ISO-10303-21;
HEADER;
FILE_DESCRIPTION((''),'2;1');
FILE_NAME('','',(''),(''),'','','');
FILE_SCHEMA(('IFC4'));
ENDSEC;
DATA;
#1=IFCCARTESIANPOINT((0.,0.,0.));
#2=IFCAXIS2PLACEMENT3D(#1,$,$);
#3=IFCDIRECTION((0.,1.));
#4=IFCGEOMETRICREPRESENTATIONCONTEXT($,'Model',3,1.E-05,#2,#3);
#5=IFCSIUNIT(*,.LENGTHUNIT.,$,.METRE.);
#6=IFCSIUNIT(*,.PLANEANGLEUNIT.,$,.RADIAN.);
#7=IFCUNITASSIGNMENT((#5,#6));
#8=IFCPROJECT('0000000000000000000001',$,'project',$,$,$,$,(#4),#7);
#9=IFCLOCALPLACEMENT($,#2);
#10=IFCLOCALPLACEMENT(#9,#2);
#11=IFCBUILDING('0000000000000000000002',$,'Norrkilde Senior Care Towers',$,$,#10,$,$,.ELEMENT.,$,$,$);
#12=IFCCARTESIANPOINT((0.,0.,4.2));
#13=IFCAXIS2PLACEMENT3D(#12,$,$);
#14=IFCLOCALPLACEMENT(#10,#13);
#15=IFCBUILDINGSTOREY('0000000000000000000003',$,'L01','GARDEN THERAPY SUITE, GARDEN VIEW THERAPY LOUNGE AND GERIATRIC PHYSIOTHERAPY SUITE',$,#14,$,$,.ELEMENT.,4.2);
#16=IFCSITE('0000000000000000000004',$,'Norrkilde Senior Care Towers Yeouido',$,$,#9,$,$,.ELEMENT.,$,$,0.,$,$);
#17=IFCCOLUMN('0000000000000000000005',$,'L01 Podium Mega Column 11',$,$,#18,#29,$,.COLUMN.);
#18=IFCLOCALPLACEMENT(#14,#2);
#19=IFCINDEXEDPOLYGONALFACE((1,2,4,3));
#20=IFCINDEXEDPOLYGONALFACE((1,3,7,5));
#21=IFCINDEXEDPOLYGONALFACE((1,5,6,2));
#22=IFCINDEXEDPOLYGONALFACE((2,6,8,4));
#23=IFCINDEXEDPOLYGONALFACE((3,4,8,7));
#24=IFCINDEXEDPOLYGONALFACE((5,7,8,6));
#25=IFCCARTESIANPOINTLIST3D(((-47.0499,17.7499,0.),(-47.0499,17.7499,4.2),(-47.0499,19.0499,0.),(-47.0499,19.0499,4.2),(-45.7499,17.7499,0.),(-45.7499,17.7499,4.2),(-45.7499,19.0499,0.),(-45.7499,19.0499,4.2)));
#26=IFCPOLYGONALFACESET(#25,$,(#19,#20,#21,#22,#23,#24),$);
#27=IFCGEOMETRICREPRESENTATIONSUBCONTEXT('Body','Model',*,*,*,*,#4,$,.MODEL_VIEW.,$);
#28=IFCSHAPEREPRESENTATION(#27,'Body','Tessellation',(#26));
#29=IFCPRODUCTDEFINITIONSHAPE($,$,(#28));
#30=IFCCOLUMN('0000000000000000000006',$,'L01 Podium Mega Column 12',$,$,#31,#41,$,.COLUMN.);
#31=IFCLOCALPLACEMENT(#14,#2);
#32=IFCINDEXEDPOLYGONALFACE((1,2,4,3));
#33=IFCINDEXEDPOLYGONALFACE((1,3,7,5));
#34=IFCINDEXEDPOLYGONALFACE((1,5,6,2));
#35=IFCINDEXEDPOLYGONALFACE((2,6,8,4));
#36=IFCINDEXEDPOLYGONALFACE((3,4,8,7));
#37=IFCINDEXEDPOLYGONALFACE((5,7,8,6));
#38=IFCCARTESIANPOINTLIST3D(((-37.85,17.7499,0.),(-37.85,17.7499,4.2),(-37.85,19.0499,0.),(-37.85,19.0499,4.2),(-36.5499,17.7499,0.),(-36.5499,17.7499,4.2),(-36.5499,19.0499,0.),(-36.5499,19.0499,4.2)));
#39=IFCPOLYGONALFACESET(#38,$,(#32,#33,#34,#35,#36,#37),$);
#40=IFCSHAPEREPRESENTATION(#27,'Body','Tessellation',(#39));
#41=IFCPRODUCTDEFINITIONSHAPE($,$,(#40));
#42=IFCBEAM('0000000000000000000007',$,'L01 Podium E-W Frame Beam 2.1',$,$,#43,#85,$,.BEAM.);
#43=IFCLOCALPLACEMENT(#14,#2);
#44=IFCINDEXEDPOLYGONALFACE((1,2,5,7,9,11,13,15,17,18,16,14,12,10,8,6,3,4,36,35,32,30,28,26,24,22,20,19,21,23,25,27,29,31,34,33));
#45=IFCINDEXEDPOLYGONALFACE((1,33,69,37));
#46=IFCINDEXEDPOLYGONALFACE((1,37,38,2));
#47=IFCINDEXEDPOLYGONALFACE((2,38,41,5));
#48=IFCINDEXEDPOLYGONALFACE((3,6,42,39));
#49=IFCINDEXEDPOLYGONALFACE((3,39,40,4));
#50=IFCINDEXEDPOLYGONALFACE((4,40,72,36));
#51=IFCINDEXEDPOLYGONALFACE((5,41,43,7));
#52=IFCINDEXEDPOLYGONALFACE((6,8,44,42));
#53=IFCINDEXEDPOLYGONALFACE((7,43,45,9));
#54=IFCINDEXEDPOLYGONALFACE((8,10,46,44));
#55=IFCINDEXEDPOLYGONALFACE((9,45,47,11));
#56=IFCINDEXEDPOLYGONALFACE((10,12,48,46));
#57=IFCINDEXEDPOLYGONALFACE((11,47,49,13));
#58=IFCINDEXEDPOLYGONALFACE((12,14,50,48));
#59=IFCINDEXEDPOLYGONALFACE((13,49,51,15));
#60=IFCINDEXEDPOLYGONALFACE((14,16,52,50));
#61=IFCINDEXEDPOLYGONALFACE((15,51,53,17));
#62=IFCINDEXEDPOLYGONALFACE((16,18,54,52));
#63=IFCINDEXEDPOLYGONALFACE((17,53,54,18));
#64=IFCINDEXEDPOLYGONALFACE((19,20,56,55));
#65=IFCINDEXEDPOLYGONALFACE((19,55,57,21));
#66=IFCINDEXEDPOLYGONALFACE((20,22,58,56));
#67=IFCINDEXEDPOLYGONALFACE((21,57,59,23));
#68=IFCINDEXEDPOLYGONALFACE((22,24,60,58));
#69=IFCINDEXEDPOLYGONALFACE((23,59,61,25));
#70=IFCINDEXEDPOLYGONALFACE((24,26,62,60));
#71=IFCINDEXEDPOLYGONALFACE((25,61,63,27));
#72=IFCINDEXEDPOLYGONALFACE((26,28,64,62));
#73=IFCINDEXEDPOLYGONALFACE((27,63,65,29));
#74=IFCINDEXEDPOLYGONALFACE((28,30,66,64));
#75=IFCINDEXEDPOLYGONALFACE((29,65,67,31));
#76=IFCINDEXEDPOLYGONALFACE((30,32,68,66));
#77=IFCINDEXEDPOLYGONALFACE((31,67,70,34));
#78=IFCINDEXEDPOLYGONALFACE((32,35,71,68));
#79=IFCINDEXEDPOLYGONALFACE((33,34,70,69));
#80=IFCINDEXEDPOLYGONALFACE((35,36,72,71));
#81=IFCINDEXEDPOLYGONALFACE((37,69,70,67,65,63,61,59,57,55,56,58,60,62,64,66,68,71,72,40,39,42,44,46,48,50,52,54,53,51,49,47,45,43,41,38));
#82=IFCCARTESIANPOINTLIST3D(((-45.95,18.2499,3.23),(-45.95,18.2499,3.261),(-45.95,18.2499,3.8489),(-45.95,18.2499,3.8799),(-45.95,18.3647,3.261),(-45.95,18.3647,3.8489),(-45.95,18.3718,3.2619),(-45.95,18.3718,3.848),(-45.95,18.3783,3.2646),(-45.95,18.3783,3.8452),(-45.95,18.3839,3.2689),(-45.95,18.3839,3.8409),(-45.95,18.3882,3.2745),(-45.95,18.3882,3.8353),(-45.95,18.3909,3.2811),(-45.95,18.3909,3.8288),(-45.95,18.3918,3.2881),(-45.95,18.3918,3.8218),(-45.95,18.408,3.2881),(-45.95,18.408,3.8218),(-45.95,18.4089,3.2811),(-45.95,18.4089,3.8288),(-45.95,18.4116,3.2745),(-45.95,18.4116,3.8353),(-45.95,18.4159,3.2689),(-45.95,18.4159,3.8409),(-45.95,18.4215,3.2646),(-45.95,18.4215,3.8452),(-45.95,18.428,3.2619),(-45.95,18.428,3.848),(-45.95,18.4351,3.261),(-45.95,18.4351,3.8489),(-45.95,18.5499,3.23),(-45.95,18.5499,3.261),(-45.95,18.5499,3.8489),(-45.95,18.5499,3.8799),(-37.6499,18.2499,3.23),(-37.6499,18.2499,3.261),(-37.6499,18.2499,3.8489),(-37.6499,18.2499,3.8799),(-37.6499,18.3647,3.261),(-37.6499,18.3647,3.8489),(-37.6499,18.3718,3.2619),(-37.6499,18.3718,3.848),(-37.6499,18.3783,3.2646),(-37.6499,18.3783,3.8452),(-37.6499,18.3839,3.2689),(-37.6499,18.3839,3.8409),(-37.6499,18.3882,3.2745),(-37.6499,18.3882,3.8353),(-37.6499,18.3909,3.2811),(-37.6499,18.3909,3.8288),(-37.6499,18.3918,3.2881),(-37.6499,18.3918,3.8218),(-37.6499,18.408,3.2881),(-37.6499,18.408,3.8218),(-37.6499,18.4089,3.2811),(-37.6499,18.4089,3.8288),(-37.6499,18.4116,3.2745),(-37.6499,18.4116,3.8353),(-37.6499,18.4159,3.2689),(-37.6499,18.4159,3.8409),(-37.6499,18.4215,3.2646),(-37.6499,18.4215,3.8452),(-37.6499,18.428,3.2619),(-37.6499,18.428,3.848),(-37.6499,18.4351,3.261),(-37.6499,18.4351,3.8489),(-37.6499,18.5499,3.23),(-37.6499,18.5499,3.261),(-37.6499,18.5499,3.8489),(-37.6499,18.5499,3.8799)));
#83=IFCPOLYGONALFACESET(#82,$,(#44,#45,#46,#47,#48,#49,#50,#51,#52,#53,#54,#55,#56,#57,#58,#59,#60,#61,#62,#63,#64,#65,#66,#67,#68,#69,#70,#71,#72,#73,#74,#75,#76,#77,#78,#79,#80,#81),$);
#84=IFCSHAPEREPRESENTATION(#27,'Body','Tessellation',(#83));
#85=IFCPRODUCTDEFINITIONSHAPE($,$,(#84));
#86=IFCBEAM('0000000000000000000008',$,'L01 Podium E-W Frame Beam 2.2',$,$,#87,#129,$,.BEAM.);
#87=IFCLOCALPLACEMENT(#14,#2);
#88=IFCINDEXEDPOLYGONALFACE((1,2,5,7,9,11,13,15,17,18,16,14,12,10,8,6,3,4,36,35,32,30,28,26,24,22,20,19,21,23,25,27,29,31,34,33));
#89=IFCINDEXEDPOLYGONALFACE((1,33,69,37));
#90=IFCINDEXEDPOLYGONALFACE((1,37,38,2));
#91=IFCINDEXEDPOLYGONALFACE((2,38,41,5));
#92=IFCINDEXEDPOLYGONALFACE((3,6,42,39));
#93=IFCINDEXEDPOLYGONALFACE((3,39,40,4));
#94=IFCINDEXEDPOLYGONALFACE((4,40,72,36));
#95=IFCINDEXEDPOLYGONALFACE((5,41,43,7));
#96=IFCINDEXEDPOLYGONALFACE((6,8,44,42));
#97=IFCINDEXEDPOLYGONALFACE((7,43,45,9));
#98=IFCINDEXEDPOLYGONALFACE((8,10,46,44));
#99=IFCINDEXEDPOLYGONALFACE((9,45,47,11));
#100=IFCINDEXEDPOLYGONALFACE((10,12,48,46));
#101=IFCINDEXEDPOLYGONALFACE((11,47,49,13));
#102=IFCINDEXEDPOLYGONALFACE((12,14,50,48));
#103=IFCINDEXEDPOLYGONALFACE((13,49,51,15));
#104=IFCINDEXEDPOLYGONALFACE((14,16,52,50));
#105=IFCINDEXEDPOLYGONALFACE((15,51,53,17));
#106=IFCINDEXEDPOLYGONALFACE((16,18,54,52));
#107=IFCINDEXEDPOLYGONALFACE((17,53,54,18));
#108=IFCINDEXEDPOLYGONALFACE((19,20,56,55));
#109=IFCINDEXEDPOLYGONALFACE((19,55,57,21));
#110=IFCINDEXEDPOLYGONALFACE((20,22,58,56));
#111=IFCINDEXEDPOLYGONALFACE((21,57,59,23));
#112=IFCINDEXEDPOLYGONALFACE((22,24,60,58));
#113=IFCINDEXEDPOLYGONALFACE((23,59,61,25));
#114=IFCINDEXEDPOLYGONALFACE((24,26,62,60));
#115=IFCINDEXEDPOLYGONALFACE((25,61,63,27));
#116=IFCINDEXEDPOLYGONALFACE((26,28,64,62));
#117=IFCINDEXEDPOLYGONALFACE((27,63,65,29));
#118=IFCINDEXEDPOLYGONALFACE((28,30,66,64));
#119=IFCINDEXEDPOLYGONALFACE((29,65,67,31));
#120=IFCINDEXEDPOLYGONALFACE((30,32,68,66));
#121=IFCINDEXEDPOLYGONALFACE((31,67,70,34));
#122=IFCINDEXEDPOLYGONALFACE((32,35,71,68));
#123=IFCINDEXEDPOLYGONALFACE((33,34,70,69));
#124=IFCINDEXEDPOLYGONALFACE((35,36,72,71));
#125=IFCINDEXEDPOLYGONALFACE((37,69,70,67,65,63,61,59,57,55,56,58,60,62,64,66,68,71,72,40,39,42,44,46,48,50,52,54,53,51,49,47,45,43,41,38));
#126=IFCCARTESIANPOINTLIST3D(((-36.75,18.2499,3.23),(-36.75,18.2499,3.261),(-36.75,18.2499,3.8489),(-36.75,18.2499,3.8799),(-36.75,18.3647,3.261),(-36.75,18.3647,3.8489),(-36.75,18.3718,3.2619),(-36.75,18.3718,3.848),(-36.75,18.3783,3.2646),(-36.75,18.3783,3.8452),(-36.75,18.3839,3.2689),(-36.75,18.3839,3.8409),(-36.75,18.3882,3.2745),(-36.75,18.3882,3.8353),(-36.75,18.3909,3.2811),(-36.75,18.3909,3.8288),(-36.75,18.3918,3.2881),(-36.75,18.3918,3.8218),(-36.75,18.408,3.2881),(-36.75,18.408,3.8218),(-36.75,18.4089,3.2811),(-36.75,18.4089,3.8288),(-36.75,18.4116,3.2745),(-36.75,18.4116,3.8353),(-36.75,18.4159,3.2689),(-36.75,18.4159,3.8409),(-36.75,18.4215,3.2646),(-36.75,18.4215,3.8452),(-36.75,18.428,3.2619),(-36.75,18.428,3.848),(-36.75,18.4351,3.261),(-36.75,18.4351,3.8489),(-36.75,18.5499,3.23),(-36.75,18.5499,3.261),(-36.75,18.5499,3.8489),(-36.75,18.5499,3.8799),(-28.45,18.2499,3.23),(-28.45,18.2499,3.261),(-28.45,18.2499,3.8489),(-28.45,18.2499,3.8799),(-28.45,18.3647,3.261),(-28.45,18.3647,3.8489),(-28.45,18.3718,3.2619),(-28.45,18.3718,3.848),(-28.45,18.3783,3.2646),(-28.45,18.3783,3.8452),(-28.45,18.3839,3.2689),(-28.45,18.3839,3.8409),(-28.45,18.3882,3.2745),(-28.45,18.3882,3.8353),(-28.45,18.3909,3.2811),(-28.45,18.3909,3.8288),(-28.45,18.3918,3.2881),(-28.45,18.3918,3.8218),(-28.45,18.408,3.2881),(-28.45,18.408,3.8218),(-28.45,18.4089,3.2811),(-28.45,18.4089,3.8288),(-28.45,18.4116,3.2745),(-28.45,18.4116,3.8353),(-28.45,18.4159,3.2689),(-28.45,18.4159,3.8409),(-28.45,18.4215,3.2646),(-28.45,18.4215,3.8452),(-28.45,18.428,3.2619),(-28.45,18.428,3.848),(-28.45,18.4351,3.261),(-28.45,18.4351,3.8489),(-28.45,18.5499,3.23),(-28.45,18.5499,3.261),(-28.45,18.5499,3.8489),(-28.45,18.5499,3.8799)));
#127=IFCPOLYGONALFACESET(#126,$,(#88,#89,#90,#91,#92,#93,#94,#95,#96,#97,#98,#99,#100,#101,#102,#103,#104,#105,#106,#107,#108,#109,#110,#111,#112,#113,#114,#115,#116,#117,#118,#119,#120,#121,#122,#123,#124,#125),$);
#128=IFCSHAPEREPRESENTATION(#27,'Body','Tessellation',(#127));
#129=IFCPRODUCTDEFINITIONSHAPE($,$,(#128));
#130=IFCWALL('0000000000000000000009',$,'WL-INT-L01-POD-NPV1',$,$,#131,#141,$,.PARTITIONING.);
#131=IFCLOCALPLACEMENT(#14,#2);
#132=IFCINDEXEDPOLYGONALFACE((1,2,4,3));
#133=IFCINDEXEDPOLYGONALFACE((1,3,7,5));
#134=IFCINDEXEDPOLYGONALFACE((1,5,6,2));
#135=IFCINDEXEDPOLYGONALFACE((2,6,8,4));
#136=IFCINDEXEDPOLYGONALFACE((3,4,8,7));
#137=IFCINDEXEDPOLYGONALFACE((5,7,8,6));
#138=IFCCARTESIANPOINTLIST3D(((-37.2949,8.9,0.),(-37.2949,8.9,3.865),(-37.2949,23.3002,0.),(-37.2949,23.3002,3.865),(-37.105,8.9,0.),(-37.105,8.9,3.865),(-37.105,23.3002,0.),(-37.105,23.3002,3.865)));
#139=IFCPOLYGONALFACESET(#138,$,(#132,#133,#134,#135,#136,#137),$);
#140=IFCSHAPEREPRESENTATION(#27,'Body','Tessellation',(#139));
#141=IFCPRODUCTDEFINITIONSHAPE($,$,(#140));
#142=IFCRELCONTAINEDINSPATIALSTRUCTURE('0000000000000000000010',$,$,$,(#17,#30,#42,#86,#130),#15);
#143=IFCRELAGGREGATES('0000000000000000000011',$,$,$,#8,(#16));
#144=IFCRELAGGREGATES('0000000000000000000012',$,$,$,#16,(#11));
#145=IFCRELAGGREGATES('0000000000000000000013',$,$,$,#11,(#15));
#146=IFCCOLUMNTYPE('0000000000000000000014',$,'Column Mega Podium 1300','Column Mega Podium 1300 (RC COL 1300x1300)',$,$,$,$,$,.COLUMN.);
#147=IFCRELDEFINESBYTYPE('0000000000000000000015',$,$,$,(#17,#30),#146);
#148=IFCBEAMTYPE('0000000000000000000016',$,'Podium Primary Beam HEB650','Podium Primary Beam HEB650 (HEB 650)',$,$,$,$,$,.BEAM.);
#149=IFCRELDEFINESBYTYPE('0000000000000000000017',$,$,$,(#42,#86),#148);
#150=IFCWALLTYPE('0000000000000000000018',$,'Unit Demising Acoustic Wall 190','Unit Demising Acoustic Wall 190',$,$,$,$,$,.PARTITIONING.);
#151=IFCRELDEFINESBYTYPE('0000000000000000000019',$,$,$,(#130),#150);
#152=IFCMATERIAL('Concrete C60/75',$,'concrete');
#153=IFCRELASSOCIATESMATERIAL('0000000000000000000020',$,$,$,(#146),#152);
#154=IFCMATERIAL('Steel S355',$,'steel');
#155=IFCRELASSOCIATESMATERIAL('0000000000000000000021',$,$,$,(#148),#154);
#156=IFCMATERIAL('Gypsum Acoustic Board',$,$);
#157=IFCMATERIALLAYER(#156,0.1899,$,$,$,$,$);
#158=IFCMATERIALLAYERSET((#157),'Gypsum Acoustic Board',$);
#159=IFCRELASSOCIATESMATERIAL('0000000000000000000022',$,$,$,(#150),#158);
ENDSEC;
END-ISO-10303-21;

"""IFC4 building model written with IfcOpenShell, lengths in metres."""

from ifc_helpers import new_model, si_unit, direction, frame, frame_2d, origin, origin_2d, place, context, subcontext, project, spatial, rectangle, i_section, extrude, source, transform, mapped, material, layer, layer_set, material_profile, profile_set, type_object, type_shapes, element, save


model = new_model("IFC4")

# Units and contexts
model_context = context("Model", 3, precision=1e-05, world=origin(), true_north=direction((0.0, 1.0)))
body_context = subcontext(model_context, "Body", "Model", "MODEL_VIEW")
ifc_project = project(units=[si_unit("LENGTHUNIT", "METRE"), si_unit("PLANEANGLEUNIT", "RADIAN")], contexts=[model_context])

# Site, building, storey
site_placement = place(None, origin())
site = spatial("IfcSite", under=ifc_project, at=site_placement, Name="Norrkilde Senior Care Towers Yeouido", CompositionType="ELEMENT", RefElevation=0.0)
building_placement = place(site_placement, origin())
building = spatial("IfcBuilding", under=site, at=building_placement, Name="Norrkilde Senior Care Towers", CompositionType="ELEMENT")
storey_placement = place(building_placement, frame((0.0, 0.0, 4.2)))
storey = spatial("IfcBuildingStorey", under=building, at=storey_placement, Name="L01", Description="GARDEN THERAPY SUITE, GARDEN VIEW THERAPY LOUNGE AND GERIATRIC PHYSIOTHERAPY SUITE", CompositionType="ELEMENT", Elevation=4.2)

# Columns
ifc_material_1 = material(Name="Concrete C60/75", Category="concrete")
ifc_material_profile_1 = material_profile(ifc_material_1, rectangle(XDim=1.3, YDim=1.3, at=origin_2d()), Name="RC COL 1300x1300")
ifc_profile_set_1 = profile_set([ifc_material_profile_1], Name="Concrete C60/75")
column_type = type_object("IfcColumnType", Name="Column Mega Podium 1300", Description="Column Mega Podium 1300 (RC COL 1300x1300)", PredefinedType="COLUMN", material=ifc_profile_set_1)
shared_shape_1 = source(origin(), body_context, "Body", "SweptSolid", [
    extrude(rectangle(XDim=1.3, YDim=1.3, at=origin_2d()), origin(), (0.0, 0.0, 1.0), 4.2),
])
type_shapes(column_type, [shared_shape_1])
for number, where, z_axis, x_axis, name in (
    (1, (-46.3999, 18.3999, 0.0), (0.0, 0.0, 1.0), (1.0, 0.0, 0.0), "L01 Podium Mega Column 11"),
    (2, (-37.2, 18.3999, 0.0), (0.0, 0.0, 1.0), (1.0, 0.0, 0.0), "L01 Podium Mega Column 12"),
):
    element("IfcColumn", number, at=place(storey_placement, frame(where, z_axis=z_axis, x_axis=x_axis)), inside=storey, type_object=column_type, Name=name, PredefinedType="COLUMN", context=body_context, shape_type="MappedRepresentation", body=[
        mapped(shared_shape_1, transform((0.0, 0.0, 0.0), x_axis=(1.0, 0.0, 0.0), y_axis=(0.0, 1.0, 0.0), z_axis=(0.0, 0.0, 1.0), scale=1.0)),
    ])

# Beams
ifc_material_2 = material(Name="Steel S355", Category="steel")
ifc_material_profile_2 = material_profile(ifc_material_2, i_section(OverallWidth=0.3, OverallDepth=0.6499, WebThickness=0.0161, FlangeThickness=0.031, FilletRadius=0.0271, at=origin_2d()), Name="HEB 650")
ifc_profile_set_2 = profile_set([ifc_material_profile_2], Name="Steel S355")
beam_type = type_object("IfcBeamType", Name="Podium Primary Beam HEB650", Description="Podium Primary Beam HEB650 (HEB 650)", PredefinedType="BEAM", material=ifc_profile_set_2)
shared_shape_2 = source(origin(), body_context, "Body", "SweptSolid", [
    extrude(i_section(OverallWidth=0.3, OverallDepth=0.6499, WebThickness=0.0161, FlangeThickness=0.031, FilletRadius=0.0271, at=origin_2d()), origin(), (0.0, 0.0, 1.0), 8.3),
])
type_shapes(beam_type, [shared_shape_2])
for number, where, z_axis, x_axis, name in (
    (3, (-45.95, 18.3999, 3.5549), (1.0, 0.0, 0.0), (0.0, 1.0, 0.0), "L01 Podium E-W Frame Beam 2.1"),
    (4, (-36.75, 18.3999, 3.5549), (1.0, 0.0, 0.0), (0.0, 1.0, 0.0), "L01 Podium E-W Frame Beam 2.2"),
):
    element("IfcBeam", number, at=place(storey_placement, frame(where, z_axis=z_axis, x_axis=x_axis)), inside=storey, type_object=beam_type, Name=name, PredefinedType="BEAM", context=body_context, shape_type="MappedRepresentation", body=[
        mapped(shared_shape_2, transform((0.0, 0.0, 0.0), x_axis=(1.0, 0.0, 0.0), y_axis=(0.0, 1.0, 0.0), z_axis=(0.0, 0.0, 1.0), scale=1.0)),
    ])

# Wall
ifc_material_3 = material(Name="Gypsum Acoustic Board")
ifc_layer = layer(ifc_material_3, 0.1899)
ifc_layer_set = layer_set([ifc_layer], Name="Gypsum Acoustic Board")
wall_type = type_object("IfcWallType", Name="Unit Demising Acoustic Wall 190", Description="Unit Demising Acoustic Wall 190", PredefinedType="PARTITIONING", material=ifc_layer_set)
shared_shape_3 = source(origin(), body_context, "Body", "SweptSolid", [
    extrude(rectangle(XDim=14.4001, YDim=0.1899, at=frame_2d((7.2002, 0.0))), origin(), (0.0, 0.0, 1.0), 3.865),
])
type_shapes(wall_type, [shared_shape_3])
wall_placement = place(storey_placement, frame((-37.2, 8.8999, 0.0), z_axis=(0.0, 0.0, 1.0), x_axis=(0.0, 1.0, 0.0)))
element("IfcWall", 5, at=wall_placement, inside=storey, type_object=wall_type, Name="WL-INT-L01-POD-NPV1", PredefinedType="PARTITIONING", context=body_context, shape_type="MappedRepresentation", body=[
    mapped(shared_shape_3, transform((0.0, 0.0, 0.0), x_axis=(1.0, 0.0, 0.0), y_axis=(0.0, 1.0, 0.0), z_axis=(0.0, 0.0, 1.0), scale=1.0)),
])

save(model, "model.ifc")
